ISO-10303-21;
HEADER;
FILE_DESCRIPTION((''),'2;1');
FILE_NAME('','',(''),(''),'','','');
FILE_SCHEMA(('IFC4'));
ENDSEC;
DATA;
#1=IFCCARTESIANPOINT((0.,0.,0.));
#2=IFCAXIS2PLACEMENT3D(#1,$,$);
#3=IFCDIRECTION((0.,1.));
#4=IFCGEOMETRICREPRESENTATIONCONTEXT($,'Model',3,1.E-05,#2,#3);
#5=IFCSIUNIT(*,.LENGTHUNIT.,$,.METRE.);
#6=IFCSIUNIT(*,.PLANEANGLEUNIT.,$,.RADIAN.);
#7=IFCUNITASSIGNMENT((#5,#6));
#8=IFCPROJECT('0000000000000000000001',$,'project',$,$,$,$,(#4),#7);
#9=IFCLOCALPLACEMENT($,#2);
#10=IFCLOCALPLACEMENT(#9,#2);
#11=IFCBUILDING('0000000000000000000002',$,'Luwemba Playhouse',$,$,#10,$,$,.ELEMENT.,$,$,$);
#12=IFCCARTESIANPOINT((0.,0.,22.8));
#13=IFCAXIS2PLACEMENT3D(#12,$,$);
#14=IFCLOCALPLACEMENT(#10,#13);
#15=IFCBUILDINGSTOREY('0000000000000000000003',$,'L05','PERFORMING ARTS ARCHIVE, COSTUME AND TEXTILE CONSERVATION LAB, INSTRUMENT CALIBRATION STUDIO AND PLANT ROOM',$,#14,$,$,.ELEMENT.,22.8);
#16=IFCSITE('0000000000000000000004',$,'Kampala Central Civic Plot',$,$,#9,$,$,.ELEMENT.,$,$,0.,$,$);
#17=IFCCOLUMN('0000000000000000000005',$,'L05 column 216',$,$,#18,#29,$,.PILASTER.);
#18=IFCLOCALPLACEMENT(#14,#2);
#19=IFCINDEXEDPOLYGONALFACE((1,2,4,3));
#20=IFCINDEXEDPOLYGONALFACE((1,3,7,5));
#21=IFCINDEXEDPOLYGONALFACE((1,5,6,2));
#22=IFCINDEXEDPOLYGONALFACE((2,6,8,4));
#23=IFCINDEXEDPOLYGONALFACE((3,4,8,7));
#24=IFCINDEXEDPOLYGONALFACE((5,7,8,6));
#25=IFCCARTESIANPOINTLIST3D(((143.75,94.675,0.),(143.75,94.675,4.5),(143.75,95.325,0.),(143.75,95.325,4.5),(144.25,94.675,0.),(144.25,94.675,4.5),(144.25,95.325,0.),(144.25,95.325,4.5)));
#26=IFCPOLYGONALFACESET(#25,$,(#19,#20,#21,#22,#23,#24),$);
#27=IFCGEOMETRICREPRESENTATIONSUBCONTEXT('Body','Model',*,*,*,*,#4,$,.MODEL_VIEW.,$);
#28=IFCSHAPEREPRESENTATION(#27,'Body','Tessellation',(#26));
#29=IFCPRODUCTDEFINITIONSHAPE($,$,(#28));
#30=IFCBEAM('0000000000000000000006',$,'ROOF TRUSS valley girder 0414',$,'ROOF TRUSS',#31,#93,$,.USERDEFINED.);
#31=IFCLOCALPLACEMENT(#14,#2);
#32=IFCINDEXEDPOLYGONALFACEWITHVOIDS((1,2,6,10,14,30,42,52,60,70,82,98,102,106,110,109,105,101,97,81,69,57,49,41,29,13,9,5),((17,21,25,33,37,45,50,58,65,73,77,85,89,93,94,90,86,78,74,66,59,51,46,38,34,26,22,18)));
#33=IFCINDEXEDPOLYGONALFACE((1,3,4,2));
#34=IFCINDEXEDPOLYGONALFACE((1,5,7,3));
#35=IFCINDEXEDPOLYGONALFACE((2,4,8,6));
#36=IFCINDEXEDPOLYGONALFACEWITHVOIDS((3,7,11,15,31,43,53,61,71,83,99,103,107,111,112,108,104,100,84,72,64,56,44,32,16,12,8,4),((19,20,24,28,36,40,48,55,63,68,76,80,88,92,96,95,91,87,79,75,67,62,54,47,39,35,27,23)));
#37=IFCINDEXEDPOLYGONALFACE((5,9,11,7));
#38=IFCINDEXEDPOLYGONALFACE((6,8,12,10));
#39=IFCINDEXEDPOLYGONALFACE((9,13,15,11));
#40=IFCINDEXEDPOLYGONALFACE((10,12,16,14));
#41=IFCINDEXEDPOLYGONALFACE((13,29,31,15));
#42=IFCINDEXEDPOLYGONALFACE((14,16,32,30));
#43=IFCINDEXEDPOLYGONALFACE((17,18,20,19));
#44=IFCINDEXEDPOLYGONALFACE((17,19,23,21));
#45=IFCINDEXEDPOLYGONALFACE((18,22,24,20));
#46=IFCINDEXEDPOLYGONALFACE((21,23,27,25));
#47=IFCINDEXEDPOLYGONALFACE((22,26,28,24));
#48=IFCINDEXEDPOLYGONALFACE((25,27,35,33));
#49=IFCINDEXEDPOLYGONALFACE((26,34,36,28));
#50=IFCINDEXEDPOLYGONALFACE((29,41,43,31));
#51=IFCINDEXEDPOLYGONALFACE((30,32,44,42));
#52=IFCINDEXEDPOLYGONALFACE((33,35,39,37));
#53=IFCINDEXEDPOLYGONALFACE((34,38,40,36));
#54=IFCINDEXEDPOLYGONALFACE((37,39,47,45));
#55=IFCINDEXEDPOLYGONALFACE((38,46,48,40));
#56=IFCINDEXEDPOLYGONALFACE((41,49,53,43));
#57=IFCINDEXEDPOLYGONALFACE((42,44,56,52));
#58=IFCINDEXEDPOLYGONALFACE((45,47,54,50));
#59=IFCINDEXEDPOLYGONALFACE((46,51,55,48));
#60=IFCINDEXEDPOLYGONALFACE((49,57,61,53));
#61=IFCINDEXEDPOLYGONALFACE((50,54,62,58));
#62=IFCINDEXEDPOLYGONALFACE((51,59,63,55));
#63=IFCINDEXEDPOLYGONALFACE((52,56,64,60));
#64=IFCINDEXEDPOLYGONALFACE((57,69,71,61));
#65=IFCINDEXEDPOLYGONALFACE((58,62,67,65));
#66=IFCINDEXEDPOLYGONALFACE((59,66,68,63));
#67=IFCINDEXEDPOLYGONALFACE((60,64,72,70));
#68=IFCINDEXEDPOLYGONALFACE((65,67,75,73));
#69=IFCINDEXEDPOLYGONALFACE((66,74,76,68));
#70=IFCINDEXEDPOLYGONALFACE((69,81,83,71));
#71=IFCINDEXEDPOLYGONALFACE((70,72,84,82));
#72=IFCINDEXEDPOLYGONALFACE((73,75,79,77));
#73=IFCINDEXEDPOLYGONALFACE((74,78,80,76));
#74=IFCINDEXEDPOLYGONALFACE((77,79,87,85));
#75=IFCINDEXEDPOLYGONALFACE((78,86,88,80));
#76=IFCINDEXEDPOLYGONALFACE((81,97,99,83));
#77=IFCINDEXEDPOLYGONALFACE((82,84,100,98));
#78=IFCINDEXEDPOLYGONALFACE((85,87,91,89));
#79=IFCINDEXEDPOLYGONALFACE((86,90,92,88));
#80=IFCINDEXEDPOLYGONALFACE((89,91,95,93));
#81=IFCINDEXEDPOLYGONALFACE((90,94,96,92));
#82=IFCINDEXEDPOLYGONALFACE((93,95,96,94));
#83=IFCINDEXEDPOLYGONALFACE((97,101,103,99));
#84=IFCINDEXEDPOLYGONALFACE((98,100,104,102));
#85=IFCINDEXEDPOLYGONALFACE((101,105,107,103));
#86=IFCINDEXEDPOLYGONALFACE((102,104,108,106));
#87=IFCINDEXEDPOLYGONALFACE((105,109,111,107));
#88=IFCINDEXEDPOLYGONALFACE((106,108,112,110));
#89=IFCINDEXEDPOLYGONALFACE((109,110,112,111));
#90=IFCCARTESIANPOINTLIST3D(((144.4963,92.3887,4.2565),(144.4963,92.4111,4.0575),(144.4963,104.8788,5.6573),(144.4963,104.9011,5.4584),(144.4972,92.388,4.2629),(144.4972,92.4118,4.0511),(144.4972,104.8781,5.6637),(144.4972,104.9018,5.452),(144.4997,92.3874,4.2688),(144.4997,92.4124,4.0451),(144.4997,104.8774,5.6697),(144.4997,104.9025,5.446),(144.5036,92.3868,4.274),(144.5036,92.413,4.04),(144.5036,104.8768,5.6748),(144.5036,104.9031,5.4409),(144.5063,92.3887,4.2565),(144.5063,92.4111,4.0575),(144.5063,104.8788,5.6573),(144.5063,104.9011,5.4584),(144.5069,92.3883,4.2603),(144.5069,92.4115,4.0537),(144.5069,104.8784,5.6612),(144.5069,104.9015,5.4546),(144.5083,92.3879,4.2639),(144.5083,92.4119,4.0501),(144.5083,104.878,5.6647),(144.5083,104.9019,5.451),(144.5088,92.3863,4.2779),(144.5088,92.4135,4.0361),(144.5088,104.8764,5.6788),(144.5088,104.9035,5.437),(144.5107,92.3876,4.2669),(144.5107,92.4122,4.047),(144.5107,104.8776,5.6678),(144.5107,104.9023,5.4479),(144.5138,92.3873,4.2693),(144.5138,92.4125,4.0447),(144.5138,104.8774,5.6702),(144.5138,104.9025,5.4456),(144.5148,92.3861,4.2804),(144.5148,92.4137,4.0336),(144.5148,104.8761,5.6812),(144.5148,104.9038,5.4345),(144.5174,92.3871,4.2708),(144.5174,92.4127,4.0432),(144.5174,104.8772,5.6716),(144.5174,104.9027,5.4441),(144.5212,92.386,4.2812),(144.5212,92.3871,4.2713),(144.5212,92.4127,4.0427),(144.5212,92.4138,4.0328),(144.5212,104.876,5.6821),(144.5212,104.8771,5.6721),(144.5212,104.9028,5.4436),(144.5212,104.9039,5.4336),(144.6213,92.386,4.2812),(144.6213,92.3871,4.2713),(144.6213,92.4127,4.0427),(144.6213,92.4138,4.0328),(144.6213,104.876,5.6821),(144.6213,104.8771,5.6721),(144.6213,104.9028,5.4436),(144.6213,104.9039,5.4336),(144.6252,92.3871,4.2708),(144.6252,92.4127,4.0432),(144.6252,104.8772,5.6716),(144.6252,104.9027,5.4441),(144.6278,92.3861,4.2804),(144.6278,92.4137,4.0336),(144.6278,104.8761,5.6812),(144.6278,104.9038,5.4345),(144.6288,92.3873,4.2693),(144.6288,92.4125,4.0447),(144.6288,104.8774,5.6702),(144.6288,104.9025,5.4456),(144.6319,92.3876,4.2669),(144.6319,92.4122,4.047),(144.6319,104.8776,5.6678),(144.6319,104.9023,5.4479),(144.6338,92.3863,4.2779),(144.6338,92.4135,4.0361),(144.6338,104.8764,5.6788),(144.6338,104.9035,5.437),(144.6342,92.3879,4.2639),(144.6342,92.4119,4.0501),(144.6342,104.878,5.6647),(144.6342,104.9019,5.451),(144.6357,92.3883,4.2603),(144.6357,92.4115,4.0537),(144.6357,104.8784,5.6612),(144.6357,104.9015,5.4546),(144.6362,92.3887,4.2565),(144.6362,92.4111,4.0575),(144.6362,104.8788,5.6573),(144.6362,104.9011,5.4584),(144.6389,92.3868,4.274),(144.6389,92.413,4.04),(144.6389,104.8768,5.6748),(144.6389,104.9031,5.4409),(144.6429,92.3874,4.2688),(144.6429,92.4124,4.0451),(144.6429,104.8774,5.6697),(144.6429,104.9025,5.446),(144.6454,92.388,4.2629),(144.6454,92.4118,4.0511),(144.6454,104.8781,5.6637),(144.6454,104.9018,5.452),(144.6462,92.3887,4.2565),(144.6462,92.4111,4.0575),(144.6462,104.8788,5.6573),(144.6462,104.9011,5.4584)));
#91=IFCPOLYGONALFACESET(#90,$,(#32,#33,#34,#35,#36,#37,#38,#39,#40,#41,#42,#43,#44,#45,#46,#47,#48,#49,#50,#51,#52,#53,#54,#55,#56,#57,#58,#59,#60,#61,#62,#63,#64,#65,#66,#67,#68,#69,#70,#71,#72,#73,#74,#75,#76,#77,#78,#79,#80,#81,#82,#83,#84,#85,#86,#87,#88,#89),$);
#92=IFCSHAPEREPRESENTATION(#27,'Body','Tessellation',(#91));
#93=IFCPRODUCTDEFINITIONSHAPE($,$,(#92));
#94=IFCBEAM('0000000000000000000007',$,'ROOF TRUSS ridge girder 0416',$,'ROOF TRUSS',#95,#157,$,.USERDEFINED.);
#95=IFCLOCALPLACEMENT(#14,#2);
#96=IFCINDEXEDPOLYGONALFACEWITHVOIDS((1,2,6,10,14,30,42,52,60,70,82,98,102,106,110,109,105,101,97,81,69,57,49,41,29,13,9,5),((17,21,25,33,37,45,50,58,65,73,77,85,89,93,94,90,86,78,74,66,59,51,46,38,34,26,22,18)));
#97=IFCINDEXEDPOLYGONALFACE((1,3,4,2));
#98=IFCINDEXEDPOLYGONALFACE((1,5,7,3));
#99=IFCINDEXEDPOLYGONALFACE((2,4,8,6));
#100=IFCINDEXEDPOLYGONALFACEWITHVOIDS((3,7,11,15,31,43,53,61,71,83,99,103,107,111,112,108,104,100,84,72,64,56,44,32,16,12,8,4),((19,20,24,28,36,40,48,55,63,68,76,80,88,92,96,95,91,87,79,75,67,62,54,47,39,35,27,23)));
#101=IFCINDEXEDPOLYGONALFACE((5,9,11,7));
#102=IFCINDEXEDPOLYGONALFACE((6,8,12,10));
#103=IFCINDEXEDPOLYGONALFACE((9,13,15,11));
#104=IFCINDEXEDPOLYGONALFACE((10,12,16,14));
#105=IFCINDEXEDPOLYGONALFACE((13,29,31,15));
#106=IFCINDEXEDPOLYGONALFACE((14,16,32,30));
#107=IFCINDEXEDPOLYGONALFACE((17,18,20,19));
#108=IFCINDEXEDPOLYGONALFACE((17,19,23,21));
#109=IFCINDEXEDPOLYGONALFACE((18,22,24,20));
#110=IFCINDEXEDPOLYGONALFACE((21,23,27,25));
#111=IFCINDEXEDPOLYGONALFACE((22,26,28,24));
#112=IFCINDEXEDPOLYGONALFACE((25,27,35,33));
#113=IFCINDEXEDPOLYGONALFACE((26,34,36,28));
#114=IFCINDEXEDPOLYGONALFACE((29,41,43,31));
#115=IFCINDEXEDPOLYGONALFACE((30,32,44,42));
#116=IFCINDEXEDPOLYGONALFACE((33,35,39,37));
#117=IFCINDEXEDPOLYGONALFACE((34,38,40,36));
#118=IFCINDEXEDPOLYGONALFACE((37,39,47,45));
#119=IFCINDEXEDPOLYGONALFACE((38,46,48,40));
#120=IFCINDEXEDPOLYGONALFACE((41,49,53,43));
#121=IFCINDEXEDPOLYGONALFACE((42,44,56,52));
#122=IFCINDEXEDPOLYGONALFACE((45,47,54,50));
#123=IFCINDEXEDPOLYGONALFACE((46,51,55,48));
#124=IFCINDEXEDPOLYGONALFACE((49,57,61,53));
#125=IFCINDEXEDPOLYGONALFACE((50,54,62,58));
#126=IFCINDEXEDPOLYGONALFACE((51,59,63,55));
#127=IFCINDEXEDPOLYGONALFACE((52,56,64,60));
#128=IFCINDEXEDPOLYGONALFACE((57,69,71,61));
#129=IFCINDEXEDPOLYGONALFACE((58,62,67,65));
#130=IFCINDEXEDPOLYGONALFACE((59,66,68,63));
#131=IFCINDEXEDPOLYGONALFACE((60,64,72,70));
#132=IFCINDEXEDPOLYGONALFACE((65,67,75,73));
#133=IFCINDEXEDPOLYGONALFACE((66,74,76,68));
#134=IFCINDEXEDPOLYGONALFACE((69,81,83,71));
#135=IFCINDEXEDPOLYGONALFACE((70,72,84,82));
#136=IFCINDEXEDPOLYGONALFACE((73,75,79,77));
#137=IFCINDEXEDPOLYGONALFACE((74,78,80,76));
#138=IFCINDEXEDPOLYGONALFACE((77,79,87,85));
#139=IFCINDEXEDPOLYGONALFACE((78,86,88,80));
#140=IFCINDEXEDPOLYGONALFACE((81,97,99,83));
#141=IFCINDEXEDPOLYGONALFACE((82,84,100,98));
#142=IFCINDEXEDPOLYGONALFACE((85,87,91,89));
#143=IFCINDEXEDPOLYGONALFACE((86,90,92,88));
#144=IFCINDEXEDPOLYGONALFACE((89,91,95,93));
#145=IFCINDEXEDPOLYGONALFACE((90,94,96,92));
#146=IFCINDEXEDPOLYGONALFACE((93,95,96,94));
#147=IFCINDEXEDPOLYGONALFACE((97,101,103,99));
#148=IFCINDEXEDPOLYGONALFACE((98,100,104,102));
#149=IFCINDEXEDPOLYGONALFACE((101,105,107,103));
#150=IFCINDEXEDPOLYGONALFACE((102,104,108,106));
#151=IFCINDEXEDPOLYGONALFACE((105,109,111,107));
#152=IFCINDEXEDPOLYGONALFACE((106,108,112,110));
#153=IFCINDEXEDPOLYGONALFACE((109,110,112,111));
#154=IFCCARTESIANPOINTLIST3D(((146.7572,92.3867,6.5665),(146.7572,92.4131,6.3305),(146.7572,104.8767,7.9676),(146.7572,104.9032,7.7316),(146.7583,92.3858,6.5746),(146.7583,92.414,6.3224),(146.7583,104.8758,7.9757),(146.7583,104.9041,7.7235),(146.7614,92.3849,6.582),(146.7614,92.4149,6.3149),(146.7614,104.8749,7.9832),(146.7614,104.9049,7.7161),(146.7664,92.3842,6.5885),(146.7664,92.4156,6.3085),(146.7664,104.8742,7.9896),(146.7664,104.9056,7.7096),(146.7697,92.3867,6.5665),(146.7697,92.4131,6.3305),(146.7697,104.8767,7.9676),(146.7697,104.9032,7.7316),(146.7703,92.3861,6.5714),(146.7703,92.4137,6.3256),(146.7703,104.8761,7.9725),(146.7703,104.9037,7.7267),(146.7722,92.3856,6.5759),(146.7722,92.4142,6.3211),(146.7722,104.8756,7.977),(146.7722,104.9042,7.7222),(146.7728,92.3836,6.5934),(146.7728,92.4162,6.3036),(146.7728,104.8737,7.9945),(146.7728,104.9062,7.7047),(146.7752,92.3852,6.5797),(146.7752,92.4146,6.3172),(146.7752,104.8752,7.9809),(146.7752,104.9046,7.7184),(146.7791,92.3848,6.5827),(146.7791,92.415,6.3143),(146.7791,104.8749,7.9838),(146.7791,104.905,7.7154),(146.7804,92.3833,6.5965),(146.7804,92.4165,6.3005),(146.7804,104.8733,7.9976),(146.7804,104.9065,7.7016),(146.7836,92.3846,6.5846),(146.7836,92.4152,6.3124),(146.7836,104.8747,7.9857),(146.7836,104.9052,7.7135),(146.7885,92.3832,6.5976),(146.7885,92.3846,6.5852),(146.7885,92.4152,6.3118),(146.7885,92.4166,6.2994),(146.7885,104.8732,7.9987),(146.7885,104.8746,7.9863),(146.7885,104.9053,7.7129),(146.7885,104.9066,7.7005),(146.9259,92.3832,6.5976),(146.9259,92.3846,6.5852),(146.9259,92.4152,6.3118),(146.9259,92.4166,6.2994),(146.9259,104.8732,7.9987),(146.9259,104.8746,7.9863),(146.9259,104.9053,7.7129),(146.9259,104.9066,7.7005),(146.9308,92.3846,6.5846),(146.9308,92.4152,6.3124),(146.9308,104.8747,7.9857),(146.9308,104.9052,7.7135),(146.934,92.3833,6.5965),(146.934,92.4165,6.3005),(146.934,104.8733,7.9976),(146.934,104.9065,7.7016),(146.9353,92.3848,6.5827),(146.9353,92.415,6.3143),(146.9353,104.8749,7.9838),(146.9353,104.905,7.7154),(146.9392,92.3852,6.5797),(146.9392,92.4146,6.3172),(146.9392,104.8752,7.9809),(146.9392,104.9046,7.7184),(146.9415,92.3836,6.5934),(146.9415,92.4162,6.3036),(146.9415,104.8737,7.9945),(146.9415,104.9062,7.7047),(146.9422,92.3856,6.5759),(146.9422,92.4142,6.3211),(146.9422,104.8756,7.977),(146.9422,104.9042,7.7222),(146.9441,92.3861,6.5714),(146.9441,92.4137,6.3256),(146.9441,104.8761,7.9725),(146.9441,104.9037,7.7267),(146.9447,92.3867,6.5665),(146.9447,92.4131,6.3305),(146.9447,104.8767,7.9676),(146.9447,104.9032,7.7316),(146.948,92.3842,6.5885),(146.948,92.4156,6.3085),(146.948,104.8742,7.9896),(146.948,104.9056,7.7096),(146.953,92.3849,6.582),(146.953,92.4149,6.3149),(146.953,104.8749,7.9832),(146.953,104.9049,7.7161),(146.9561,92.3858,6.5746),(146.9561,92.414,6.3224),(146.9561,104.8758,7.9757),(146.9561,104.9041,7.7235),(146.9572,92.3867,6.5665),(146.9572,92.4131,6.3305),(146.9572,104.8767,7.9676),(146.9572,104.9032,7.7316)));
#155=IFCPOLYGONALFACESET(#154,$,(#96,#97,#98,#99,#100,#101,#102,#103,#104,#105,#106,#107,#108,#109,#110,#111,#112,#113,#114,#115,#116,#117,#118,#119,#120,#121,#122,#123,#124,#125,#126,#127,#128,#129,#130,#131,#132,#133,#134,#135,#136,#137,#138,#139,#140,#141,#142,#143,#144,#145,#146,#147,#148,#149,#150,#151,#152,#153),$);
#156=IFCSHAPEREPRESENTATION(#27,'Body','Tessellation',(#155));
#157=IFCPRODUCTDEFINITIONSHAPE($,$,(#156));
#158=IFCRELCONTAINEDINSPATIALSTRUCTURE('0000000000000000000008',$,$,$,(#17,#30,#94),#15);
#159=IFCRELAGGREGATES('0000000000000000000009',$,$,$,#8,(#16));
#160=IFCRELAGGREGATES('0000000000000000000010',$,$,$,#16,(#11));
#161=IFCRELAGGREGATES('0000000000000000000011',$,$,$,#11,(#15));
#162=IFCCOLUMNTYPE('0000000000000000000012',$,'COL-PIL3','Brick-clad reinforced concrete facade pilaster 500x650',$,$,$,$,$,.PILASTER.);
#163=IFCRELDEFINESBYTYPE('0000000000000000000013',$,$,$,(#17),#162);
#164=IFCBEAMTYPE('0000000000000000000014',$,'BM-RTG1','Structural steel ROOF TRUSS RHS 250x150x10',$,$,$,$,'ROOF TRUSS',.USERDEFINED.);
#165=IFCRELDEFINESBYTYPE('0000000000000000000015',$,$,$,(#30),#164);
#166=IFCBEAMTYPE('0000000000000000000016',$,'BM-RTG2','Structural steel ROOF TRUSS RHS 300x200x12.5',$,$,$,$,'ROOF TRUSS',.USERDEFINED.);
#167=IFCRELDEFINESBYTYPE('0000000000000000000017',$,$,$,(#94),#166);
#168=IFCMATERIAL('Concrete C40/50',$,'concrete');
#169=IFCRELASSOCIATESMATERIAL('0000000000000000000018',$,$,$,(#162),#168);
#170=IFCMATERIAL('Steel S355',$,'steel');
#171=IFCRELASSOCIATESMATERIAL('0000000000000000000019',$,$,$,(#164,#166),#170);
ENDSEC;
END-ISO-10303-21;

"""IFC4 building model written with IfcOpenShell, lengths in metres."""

from ifc_helpers import new_model, si_unit, direction, frame, origin, origin_2d, place, context, subcontext, project, spatial, rectangle, hollow_rectangle, extrude, material, material_profile, profile_set, type_object, element, save


model = new_model("IFC4")

# Units and contexts
model_context = context("Model", 3, precision=1e-05, world=origin(), true_north=direction((0.0, 1.0)))
body_context = subcontext(model_context, "Body", "Model", "MODEL_VIEW")
ifc_project = project(units=[si_unit("LENGTHUNIT", "METRE"), si_unit("PLANEANGLEUNIT", "RADIAN")], contexts=[model_context])

# Site, building, storey
site_placement = place(None, origin())
site = spatial("IfcSite", under=ifc_project, at=site_placement, Name="Kampala Central Civic Plot", CompositionType="ELEMENT", RefElevation=0.0)
building_placement = place(site_placement, origin())
building = spatial("IfcBuilding", under=site, at=building_placement, Name="Luwemba Playhouse", CompositionType="ELEMENT")
storey_placement = place(building_placement, frame((0.0, 0.0, 22.8)))
storey = spatial("IfcBuildingStorey", under=building, at=storey_placement, Name="L05", Description="PERFORMING ARTS ARCHIVE, COSTUME AND TEXTILE CONSERVATION LAB, INSTRUMENT CALIBRATION STUDIO AND PLANT ROOM", CompositionType="ELEMENT", Elevation=22.8)

# Column
ifc_material_1 = material(Name="Concrete C40/50", Category="concrete")
ifc_material_profile_1 = material_profile(ifc_material_1, rectangle(XDim=0.5, YDim=0.6499, at=origin_2d()))
ifc_profile_set_1 = profile_set([ifc_material_profile_1], Name="Concrete C40/50")
column_type = type_object("IfcColumnType", Name="COL-PIL3", Description="Brick-clad reinforced concrete facade pilaster 500x650", PredefinedType="PILASTER", material=ifc_profile_set_1)
column_placement = place(storey_placement, frame((144.0, 95.0, 0.0), z_axis=(0.0, 0.0, 1.0), x_axis=(1.0, 0.0, 0.0)))
element("IfcColumn", 1, at=column_placement, inside=storey, type_object=column_type, Name="L05 column 216", PredefinedType="PILASTER", context=body_context, shape_type="SweptSolid", body=[
    extrude(rectangle(XDim=0.5, YDim=0.6499, at=origin_2d()), origin(), (0.0, 0.0, 1.0), 4.5),
])

# Beams
ifc_material_2 = material(Name="Steel S355", Category="steel")
ifc_material_profile_2 = material_profile(ifc_material_2, hollow_rectangle(XDim=0.1499, YDim=0.25, WallThickness=0.01, InnerFilletRadius=0.0149, OuterFilletRadius=0.0249, at=origin_2d()))
ifc_profile_set_2 = profile_set([ifc_material_profile_2], Name="Steel S355")
beam_type_1 = type_object("IfcBeamType", Name="BM-RTG1", Description="Structural steel ROOF TRUSS RHS 250x150x10", ElementType="ROOF TRUSS", PredefinedType="USERDEFINED", material=ifc_profile_set_2)
beam_1_placement = place(storey_placement, frame((144.5713, 92.3999, 4.157), z_axis=(0.0, 0.993769, 0.111461), x_axis=(-1.0, 0.0, 0.0)))
element("IfcBeam", 2, at=beam_1_placement, inside=storey, type_object=beam_type_1, Name="ROOF TRUSS valley girder 0414", ObjectType="ROOF TRUSS", PredefinedType="USERDEFINED", context=body_context, shape_type="SweptSolid", body=[
    extrude(hollow_rectangle(XDim=0.1499, YDim=0.25, WallThickness=0.01, InnerFilletRadius=0.0149, OuterFilletRadius=0.0249, at=origin_2d()), origin(), (0.0, 0.0, 1.0), 12.5684),
])
ifc_material_profile_3 = material_profile(ifc_material_2, hollow_rectangle(XDim=0.2, YDim=0.3, WallThickness=0.0125, InnerFilletRadius=0.0188, OuterFilletRadius=0.0312, at=origin_2d()))
ifc_profile_set_3 = profile_set([ifc_material_profile_3], Name="Steel S355")
beam_type_2 = type_object("IfcBeamType", Name="BM-RTG2", Description="Structural steel ROOF TRUSS RHS 300x200x12.5", ElementType="ROOF TRUSS", PredefinedType="USERDEFINED", material=ifc_profile_set_3)
beam_2_placement = place(storey_placement, frame((146.8572, 92.3999, 6.4485), z_axis=(0.0, 0.993767, 0.11148), x_axis=(-1.0, 0.0, 0.0)))
element("IfcBeam", 3, at=beam_2_placement, inside=storey, type_object=beam_type_2, Name="ROOF TRUSS ridge girder 0416", ObjectType="ROOF TRUSS", PredefinedType="USERDEFINED", context=body_context, shape_type="SweptSolid", body=[
    extrude(hollow_rectangle(XDim=0.2, YDim=0.3, WallThickness=0.0125, InnerFilletRadius=0.0188, OuterFilletRadius=0.0312, at=origin_2d()), origin(), (0.0, 0.0, 1.0), 12.5684),
])

save(model, "model.ifc")
